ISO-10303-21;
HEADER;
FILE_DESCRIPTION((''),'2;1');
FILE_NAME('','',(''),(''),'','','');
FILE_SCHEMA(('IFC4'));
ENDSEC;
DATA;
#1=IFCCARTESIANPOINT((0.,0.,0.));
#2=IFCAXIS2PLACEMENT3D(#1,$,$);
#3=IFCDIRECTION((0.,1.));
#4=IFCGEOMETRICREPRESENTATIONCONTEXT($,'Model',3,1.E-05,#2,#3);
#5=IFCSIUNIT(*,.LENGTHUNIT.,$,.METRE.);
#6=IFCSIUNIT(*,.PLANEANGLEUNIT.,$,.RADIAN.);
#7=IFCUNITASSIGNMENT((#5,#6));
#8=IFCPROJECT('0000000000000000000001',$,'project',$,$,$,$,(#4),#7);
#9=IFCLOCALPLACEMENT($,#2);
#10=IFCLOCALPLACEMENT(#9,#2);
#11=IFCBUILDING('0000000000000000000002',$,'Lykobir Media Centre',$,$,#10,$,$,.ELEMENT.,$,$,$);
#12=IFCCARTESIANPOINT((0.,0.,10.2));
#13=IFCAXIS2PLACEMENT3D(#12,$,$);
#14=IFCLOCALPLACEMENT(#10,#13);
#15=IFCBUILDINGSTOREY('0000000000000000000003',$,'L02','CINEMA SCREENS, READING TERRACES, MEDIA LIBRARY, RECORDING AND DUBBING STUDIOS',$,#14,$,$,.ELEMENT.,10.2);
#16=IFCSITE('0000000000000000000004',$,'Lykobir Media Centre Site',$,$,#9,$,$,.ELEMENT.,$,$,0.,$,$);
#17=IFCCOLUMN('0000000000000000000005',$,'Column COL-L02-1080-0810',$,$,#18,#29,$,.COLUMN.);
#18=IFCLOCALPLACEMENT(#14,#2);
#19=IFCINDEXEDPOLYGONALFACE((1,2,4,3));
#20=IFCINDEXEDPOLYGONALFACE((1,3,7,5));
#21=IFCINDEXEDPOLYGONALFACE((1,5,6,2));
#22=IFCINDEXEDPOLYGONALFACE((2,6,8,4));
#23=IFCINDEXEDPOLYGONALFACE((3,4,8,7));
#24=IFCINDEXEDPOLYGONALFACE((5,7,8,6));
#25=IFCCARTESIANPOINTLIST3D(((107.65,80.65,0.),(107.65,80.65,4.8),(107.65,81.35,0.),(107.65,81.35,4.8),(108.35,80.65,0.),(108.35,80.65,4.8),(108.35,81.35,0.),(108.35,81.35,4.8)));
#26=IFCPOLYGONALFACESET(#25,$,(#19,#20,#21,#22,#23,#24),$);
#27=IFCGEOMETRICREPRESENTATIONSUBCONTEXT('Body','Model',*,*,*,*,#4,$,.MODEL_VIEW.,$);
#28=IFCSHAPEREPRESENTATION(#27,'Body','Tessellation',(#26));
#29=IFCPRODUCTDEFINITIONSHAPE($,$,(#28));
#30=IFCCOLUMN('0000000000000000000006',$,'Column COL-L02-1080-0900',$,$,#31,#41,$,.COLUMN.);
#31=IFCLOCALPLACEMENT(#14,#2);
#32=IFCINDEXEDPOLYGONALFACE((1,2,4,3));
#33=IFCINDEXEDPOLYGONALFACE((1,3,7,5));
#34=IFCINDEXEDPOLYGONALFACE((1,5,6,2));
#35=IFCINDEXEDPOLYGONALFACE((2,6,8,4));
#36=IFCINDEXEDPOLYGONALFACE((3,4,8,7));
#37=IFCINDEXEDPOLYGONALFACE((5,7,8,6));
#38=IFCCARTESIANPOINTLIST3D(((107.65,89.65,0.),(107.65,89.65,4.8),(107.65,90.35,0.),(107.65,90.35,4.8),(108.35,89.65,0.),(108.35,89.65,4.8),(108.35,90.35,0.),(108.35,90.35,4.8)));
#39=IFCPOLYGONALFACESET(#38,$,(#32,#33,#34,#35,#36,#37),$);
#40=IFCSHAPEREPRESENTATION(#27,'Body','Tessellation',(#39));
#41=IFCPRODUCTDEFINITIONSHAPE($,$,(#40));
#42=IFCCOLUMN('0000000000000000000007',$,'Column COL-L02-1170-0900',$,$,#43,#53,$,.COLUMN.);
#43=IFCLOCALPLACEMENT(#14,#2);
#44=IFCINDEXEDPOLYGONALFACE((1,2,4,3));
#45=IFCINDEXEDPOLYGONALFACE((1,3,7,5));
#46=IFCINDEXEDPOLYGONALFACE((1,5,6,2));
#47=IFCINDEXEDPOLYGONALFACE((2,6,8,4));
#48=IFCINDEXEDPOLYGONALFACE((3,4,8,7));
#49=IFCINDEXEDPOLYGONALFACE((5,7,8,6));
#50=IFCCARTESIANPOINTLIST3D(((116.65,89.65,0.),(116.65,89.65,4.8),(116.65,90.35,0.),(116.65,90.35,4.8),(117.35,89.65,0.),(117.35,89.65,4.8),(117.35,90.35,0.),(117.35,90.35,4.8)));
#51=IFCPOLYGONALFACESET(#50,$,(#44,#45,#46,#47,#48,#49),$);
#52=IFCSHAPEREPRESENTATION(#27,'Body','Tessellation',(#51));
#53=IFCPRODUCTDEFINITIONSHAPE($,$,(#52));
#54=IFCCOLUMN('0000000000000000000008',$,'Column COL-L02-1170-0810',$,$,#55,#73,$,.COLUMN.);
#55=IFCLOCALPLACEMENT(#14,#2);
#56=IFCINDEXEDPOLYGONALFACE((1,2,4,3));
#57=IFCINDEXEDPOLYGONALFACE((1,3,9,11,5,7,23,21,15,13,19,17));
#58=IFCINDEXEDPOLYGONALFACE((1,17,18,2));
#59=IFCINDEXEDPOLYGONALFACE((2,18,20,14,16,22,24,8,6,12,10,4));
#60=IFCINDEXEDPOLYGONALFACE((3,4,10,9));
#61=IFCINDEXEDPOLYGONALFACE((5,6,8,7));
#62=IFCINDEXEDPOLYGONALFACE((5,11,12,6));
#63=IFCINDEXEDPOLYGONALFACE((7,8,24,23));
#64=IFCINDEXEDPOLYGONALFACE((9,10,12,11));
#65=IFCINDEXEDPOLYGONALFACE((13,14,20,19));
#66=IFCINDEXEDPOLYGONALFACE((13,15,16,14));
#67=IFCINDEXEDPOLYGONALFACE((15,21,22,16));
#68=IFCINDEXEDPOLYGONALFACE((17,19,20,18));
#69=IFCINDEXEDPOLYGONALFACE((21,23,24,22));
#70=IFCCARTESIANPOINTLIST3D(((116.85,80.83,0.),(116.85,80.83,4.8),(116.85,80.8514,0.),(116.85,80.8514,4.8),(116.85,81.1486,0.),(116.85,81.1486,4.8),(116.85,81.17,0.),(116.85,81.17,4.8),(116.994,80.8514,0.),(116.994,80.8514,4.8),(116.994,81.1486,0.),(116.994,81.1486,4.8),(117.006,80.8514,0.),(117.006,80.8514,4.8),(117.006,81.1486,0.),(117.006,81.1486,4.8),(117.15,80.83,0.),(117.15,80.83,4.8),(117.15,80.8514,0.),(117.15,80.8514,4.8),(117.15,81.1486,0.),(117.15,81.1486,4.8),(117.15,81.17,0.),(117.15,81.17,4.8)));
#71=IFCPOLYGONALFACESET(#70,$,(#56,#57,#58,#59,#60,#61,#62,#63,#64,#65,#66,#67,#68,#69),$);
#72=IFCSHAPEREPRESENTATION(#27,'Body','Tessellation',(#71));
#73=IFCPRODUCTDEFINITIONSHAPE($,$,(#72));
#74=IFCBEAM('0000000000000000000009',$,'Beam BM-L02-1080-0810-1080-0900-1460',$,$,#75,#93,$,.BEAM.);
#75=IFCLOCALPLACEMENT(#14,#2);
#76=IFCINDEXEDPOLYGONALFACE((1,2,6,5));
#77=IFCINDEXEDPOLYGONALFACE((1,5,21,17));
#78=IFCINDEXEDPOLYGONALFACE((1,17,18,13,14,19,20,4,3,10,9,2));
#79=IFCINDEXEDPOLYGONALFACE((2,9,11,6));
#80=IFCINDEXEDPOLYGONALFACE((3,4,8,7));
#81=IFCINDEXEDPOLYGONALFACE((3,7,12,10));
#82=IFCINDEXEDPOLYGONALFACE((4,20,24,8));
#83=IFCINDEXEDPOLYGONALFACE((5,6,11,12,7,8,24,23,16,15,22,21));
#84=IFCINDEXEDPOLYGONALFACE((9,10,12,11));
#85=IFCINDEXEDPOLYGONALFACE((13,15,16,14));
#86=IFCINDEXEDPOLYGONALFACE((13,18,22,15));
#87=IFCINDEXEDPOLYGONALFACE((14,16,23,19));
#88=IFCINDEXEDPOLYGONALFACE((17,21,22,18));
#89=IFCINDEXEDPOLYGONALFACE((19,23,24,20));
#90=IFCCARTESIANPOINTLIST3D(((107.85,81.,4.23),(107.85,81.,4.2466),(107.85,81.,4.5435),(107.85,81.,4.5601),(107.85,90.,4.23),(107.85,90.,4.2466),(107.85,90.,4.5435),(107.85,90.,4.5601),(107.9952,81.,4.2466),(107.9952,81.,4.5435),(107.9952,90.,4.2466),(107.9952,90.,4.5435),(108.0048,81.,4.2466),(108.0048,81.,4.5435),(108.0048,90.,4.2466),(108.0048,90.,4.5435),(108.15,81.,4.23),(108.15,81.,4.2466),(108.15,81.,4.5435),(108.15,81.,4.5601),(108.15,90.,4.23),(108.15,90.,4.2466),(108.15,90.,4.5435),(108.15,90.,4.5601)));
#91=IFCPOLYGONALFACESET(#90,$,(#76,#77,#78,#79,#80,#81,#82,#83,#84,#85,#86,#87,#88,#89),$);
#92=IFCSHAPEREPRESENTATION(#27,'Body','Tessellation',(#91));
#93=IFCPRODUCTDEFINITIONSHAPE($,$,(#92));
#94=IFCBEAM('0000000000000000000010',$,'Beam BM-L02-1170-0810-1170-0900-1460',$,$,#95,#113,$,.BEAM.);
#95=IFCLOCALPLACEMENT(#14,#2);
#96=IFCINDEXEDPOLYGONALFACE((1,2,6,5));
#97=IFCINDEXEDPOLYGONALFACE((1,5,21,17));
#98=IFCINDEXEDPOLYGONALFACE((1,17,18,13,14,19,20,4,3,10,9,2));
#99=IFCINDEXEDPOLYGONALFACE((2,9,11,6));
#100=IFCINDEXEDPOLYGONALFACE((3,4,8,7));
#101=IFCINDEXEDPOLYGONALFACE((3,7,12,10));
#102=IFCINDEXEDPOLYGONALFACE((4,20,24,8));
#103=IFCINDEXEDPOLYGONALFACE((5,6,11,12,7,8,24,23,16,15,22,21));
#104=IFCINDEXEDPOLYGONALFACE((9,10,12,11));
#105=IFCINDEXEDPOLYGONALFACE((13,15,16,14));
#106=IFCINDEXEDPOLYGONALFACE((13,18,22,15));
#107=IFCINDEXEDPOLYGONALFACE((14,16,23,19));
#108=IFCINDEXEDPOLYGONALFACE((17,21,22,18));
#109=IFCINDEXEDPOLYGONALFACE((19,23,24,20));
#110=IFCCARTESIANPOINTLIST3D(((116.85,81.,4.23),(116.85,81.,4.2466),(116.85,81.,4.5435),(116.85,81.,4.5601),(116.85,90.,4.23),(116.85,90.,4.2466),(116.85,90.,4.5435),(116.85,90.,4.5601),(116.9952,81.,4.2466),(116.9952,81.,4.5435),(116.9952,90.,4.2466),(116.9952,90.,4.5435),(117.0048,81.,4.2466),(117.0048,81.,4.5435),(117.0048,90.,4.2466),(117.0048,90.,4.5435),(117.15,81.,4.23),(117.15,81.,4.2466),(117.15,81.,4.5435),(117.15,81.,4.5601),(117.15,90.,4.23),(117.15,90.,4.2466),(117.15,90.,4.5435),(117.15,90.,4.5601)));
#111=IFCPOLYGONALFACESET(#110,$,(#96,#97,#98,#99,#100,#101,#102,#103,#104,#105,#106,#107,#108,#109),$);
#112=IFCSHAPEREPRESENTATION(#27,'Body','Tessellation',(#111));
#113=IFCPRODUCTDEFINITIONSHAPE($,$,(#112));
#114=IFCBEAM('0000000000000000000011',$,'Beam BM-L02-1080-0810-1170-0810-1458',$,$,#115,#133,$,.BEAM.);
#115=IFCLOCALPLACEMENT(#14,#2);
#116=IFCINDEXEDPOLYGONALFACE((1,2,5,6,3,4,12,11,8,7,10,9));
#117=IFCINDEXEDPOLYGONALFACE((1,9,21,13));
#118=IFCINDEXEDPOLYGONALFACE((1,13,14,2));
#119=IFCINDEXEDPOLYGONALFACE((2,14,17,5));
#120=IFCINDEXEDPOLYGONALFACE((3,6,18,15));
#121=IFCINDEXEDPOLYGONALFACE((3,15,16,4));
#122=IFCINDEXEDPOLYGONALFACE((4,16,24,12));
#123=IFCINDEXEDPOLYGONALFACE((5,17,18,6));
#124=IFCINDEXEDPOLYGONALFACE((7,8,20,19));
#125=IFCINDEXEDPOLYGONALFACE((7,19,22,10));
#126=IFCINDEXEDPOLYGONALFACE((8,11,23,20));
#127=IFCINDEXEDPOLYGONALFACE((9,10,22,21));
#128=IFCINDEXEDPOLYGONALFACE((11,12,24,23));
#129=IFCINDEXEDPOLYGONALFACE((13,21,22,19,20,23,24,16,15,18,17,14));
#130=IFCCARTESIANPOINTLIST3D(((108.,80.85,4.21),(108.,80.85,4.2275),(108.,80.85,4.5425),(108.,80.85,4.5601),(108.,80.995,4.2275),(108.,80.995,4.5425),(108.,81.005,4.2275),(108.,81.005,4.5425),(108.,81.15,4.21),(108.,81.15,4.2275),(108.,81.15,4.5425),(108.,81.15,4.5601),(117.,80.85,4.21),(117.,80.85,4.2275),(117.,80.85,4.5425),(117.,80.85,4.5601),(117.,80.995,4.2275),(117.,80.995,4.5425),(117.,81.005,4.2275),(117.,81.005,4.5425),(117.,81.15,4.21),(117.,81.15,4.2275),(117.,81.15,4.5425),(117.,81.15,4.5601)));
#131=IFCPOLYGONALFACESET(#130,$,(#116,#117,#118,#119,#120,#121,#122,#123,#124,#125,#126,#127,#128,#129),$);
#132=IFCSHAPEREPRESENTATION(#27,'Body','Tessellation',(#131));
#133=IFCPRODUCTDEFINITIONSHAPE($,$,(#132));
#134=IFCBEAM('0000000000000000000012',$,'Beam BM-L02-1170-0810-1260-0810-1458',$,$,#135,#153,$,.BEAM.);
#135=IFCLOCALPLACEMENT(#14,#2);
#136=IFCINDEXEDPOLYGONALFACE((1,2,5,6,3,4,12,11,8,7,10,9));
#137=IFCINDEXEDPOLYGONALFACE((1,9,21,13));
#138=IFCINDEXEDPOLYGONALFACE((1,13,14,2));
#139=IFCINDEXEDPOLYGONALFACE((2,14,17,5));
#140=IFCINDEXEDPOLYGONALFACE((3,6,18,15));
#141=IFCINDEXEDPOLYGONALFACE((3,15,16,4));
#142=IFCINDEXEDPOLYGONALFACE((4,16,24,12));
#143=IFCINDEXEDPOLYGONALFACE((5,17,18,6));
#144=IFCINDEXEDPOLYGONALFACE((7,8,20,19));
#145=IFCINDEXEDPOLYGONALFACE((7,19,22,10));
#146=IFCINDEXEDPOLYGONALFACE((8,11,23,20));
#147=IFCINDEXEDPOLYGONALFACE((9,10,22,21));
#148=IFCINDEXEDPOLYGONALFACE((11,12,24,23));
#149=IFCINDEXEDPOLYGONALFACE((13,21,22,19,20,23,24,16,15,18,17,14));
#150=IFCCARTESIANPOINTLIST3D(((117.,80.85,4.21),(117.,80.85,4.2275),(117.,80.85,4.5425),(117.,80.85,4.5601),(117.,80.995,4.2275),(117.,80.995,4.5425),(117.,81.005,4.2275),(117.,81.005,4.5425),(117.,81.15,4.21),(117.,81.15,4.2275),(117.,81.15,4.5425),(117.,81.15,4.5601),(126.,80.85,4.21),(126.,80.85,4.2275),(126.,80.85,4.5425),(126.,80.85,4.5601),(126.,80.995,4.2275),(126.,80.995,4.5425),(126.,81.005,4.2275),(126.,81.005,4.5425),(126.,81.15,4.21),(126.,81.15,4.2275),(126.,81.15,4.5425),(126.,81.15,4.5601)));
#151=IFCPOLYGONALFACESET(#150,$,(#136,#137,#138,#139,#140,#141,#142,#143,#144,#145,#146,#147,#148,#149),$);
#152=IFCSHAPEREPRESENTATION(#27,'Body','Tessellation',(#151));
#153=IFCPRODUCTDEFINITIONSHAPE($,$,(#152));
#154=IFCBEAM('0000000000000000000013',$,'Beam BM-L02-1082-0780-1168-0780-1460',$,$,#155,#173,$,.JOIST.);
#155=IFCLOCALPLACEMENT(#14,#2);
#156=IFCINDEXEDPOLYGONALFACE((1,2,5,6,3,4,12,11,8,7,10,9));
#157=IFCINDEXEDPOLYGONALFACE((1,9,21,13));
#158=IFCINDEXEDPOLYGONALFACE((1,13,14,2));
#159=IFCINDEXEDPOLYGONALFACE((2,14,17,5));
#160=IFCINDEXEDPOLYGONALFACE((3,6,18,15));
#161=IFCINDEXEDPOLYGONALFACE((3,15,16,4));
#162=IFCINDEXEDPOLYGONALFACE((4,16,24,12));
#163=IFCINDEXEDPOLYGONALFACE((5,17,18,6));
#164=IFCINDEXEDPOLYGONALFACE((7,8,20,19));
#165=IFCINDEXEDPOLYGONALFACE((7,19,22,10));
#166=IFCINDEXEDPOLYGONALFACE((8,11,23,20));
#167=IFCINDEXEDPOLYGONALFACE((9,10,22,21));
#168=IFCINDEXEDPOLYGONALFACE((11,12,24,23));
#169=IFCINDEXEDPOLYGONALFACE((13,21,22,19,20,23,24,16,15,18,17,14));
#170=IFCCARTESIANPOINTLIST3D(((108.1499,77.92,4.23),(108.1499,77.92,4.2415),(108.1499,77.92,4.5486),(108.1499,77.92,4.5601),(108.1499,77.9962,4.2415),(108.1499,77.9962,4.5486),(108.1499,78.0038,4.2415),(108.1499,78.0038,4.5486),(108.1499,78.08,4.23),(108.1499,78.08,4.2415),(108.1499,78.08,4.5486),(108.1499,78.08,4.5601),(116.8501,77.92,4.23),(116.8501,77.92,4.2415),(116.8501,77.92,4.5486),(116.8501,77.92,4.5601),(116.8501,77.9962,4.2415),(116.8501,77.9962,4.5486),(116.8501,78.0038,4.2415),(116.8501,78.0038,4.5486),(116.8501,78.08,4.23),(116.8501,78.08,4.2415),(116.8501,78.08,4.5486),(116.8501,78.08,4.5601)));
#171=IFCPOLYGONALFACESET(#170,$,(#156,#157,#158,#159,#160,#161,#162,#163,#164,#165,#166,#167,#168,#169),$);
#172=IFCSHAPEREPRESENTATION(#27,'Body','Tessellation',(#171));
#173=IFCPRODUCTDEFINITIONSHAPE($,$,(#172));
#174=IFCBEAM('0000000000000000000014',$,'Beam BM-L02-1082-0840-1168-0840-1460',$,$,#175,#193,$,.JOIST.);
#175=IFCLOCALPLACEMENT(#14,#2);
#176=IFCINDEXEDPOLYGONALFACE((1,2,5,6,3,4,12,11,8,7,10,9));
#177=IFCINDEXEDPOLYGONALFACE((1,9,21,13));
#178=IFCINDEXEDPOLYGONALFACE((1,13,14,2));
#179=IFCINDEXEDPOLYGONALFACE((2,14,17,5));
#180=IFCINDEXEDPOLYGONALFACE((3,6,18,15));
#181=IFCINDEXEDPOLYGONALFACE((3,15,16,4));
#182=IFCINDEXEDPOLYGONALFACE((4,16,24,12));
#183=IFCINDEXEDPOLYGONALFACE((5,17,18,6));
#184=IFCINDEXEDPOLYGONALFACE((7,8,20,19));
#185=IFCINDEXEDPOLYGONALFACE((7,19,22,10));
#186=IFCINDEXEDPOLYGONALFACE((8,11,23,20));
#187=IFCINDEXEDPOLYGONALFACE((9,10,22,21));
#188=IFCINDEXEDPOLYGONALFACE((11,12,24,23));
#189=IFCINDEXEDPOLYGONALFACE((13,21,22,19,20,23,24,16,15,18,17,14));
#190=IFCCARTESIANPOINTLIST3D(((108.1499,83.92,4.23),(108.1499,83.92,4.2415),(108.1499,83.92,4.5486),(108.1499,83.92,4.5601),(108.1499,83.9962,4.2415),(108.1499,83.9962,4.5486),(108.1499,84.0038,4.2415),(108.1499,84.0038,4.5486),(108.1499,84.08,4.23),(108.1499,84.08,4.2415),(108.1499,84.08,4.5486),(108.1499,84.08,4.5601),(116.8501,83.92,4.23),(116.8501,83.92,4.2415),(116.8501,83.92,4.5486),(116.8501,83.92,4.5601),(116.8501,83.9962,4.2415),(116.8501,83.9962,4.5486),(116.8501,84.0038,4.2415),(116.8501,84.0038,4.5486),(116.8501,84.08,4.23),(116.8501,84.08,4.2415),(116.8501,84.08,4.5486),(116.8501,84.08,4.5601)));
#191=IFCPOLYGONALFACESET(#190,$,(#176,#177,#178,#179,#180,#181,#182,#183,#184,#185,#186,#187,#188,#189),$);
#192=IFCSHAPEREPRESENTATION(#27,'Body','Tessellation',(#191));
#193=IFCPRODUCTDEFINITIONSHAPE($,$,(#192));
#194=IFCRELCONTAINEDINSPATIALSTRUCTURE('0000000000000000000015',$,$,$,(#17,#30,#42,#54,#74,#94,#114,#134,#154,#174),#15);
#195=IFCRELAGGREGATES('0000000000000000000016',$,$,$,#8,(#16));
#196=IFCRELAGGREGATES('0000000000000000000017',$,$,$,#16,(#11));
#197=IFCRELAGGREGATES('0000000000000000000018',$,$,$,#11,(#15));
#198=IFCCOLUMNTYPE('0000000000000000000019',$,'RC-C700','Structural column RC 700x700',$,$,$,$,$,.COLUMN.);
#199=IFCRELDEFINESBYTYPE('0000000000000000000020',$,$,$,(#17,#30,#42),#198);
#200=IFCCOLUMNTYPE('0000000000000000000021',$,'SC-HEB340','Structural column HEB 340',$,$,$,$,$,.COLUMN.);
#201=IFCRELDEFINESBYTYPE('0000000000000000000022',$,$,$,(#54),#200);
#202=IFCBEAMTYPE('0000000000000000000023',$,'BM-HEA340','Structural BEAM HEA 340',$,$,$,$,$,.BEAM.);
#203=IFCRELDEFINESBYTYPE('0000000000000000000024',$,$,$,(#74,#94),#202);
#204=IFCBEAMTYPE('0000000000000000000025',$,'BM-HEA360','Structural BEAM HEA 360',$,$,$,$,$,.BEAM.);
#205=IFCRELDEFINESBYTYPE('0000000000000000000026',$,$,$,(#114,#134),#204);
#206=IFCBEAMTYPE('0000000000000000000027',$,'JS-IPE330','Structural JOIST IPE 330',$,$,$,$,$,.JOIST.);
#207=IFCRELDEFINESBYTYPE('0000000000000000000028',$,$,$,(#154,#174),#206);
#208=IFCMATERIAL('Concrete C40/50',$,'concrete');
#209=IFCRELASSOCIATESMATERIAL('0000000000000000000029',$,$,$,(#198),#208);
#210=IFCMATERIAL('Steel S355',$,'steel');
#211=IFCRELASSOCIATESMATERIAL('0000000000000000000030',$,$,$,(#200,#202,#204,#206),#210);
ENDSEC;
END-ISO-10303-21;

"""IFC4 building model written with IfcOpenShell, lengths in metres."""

from ifc_helpers import new_model, si_unit, direction, frame, origin, origin_2d, place, context, subcontext, project, spatial, rectangle, i_section, extrude, material, material_profile, profile_set, type_object, element, save


model = new_model("IFC4")

# Units and contexts
model_context = context("Model", 3, precision=1e-05, world=origin(), true_north=direction((0.0, 1.0)))
body_context = subcontext(model_context, "Body", "Model", "MODEL_VIEW")
ifc_project = project(units=[si_unit("LENGTHUNIT", "METRE"), si_unit("PLANEANGLEUNIT", "RADIAN")], contexts=[model_context])

# Site, building, storey
site_placement = place(None, origin())
site = spatial("IfcSite", under=ifc_project, at=site_placement, Name="Lykobir Media Centre Site", CompositionType="ELEMENT", RefElevation=0.0)
building_placement = place(site_placement, origin())
building = spatial("IfcBuilding", under=site, at=building_placement, Name="Lykobir Media Centre", CompositionType="ELEMENT")
storey_placement = place(building_placement, frame((0.0, 0.0, 10.2)))
storey = spatial("IfcBuildingStorey", under=building, at=storey_placement, Name="L02", Description="CINEMA SCREENS, READING TERRACES, MEDIA LIBRARY, RECORDING AND DUBBING STUDIOS", CompositionType="ELEMENT", Elevation=10.2)

# Columns
ifc_material_1 = material(Name="Concrete C40/50", Category="concrete")
ifc_material_profile_1 = material_profile(ifc_material_1, rectangle(XDim=0.7, YDim=0.7, at=origin_2d()), Name="RC 700x700")
ifc_profile_set_1 = profile_set([ifc_material_profile_1], Name="Concrete C40/50")
column_type_1 = type_object("IfcColumnType", Name="RC-C700", Description="Structural column RC 700x700", PredefinedType="COLUMN", material=ifc_profile_set_1)
for number, where, z_axis, x_axis, name in (
    (1, (108.0, 81.0, 0.0), (0.0, 0.0, 1.0), (1.0, 0.0, 0.0), "Column COL-L02-1080-0810"),
    (2, (108.0, 90.0, 0.0), (0.0, 0.0, 1.0), (1.0, 0.0, 0.0), "Column COL-L02-1080-0900"),
    (3, (117.0, 90.0, 0.0), (0.0, 0.0, 1.0), (1.0, 0.0, 0.0), "Column COL-L02-1170-0900"),
):
    element("IfcColumn", number, at=place(storey_placement, frame(where, z_axis=z_axis, x_axis=x_axis)), inside=storey, type_object=column_type_1, Name=name, PredefinedType="COLUMN", context=body_context, shape_type="SweptSolid", body=[
        extrude(rectangle(XDim=0.7, YDim=0.7, at=origin_2d()), origin(), (0.0, 0.0, 1.0), 4.8),
    ])
ifc_material_2 = material(Name="Steel S355", Category="steel")
ifc_material_profile_2 = material_profile(ifc_material_2, i_section(OverallWidth=0.3, OverallDepth=0.3401, WebThickness=0.012, FlangeThickness=0.0215, at=origin_2d()), Name="HEB 340")
ifc_profile_set_2 = profile_set([ifc_material_profile_2], Name="Steel S355")
column_type_2 = type_object("IfcColumnType", Name="SC-HEB340", Description="Structural column HEB 340", PredefinedType="COLUMN", material=ifc_profile_set_2)
column_placement = place(storey_placement, frame((117.0, 81.0, 0.0), z_axis=(0.0, 0.0, 1.0), x_axis=(1.0, 0.0, 0.0)))
element("IfcColumn", 4, at=column_placement, inside=storey, type_object=column_type_2, Name="Column COL-L02-1170-0810", PredefinedType="COLUMN", context=body_context, shape_type="SweptSolid", body=[
    extrude(i_section(OverallWidth=0.3, OverallDepth=0.3401, WebThickness=0.012, FlangeThickness=0.0215, at=origin_2d()), origin(), (0.0, 0.0, 1.0), 4.8),
])

# Beams
ifc_material_profile_3 = material_profile(ifc_material_2, i_section(OverallWidth=0.3, OverallDepth=0.3301, WebThickness=0.0095, FlangeThickness=0.0166, at=origin_2d()), Name="HEA 340")
ifc_profile_set_3 = profile_set([ifc_material_profile_3], Name="Steel S355")
beam_type_1 = type_object("IfcBeamType", Name="BM-HEA340", Description="Structural BEAM HEA 340", PredefinedType="BEAM", material=ifc_profile_set_3)
for number, where, z_axis, x_axis, name in (
    (5, (108.0, 81.0, 4.395), (0.0, 1.0, 0.0), (-1.0, 0.0, 0.0), "Beam BM-L02-1080-0810-1080-0900-1460"),
    (6, (117.0, 81.0, 4.395), (0.0, 1.0, 0.0), (-1.0, 0.0, 0.0), "Beam BM-L02-1170-0810-1170-0900-1460"),
):
    element("IfcBeam", number, at=place(storey_placement, frame(where, z_axis=z_axis, x_axis=x_axis)), inside=storey, type_object=beam_type_1, Name=name, PredefinedType="BEAM", context=body_context, shape_type="SweptSolid", body=[
        extrude(i_section(OverallWidth=0.3, OverallDepth=0.3301, WebThickness=0.0095, FlangeThickness=0.0166, at=origin_2d()), origin(), (0.0, 0.0, 1.0), 9.0),
    ])
ifc_material_profile_4 = material_profile(ifc_material_2, i_section(OverallWidth=0.3, OverallDepth=0.3501, WebThickness=0.01, FlangeThickness=0.0176, at=origin_2d()), Name="HEA 360")
ifc_profile_set_4 = profile_set([ifc_material_profile_4], Name="Steel S355")
beam_type_2 = type_object("IfcBeamType", Name="BM-HEA360", Description="Structural BEAM HEA 360", PredefinedType="BEAM", material=ifc_profile_set_4)
for number, where, z_axis, x_axis, name in (
    (7, (108.0, 81.0, 4.385), (1.0, 0.0, 0.0), (0.0, 1.0, 0.0), "Beam BM-L02-1080-0810-1170-0810-1458"),
    (8, (117.0, 81.0, 4.385), (1.0, 0.0, 0.0), (0.0, 1.0, 0.0), "Beam BM-L02-1170-0810-1260-0810-1458"),
):
    element("IfcBeam", number, at=place(storey_placement, frame(where, z_axis=z_axis, x_axis=x_axis)), inside=storey, type_object=beam_type_2, Name=name, PredefinedType="BEAM", context=body_context, shape_type="SweptSolid", body=[
        extrude(i_section(OverallWidth=0.3, OverallDepth=0.3501, WebThickness=0.01, FlangeThickness=0.0176, at=origin_2d()), origin(), (0.0, 0.0, 1.0), 9.0),
    ])
ifc_material_profile_5 = material_profile(ifc_material_2, i_section(OverallWidth=0.1599, OverallDepth=0.3301, WebThickness=0.0076, FlangeThickness=0.0115, at=origin_2d()), Name="IPE 330")
ifc_profile_set_5 = profile_set([ifc_material_profile_5], Name="Steel S355")
beam_type_3 = type_object("IfcBeamType", Name="JS-IPE330", Description="Structural JOIST IPE 330", PredefinedType="JOIST", material=ifc_profile_set_5)
for number, where, z_axis, x_axis, name in (
    (9, (108.1499, 78.0, 4.395), (1.0, 0.0, 0.0), (0.0, 1.0, 0.0), "Beam BM-L02-1082-0780-1168-0780-1460"),
    (10, (108.1499, 84.0, 4.395), (1.0, 0.0, 0.0), (0.0, 1.0, 0.0), "Beam BM-L02-1082-0840-1168-0840-1460"),
):
    element("IfcBeam", number, at=place(storey_placement, frame(where, z_axis=z_axis, x_axis=x_axis)), inside=storey, type_object=beam_type_3, Name=name, PredefinedType="JOIST", context=body_context, shape_type="SweptSolid", body=[
        extrude(i_section(OverallWidth=0.1599, OverallDepth=0.3301, WebThickness=0.0076, FlangeThickness=0.0115, at=origin_2d()), origin(), (0.0, 0.0, 1.0), 8.7002),
    ])

save(model, "model.ifc")
